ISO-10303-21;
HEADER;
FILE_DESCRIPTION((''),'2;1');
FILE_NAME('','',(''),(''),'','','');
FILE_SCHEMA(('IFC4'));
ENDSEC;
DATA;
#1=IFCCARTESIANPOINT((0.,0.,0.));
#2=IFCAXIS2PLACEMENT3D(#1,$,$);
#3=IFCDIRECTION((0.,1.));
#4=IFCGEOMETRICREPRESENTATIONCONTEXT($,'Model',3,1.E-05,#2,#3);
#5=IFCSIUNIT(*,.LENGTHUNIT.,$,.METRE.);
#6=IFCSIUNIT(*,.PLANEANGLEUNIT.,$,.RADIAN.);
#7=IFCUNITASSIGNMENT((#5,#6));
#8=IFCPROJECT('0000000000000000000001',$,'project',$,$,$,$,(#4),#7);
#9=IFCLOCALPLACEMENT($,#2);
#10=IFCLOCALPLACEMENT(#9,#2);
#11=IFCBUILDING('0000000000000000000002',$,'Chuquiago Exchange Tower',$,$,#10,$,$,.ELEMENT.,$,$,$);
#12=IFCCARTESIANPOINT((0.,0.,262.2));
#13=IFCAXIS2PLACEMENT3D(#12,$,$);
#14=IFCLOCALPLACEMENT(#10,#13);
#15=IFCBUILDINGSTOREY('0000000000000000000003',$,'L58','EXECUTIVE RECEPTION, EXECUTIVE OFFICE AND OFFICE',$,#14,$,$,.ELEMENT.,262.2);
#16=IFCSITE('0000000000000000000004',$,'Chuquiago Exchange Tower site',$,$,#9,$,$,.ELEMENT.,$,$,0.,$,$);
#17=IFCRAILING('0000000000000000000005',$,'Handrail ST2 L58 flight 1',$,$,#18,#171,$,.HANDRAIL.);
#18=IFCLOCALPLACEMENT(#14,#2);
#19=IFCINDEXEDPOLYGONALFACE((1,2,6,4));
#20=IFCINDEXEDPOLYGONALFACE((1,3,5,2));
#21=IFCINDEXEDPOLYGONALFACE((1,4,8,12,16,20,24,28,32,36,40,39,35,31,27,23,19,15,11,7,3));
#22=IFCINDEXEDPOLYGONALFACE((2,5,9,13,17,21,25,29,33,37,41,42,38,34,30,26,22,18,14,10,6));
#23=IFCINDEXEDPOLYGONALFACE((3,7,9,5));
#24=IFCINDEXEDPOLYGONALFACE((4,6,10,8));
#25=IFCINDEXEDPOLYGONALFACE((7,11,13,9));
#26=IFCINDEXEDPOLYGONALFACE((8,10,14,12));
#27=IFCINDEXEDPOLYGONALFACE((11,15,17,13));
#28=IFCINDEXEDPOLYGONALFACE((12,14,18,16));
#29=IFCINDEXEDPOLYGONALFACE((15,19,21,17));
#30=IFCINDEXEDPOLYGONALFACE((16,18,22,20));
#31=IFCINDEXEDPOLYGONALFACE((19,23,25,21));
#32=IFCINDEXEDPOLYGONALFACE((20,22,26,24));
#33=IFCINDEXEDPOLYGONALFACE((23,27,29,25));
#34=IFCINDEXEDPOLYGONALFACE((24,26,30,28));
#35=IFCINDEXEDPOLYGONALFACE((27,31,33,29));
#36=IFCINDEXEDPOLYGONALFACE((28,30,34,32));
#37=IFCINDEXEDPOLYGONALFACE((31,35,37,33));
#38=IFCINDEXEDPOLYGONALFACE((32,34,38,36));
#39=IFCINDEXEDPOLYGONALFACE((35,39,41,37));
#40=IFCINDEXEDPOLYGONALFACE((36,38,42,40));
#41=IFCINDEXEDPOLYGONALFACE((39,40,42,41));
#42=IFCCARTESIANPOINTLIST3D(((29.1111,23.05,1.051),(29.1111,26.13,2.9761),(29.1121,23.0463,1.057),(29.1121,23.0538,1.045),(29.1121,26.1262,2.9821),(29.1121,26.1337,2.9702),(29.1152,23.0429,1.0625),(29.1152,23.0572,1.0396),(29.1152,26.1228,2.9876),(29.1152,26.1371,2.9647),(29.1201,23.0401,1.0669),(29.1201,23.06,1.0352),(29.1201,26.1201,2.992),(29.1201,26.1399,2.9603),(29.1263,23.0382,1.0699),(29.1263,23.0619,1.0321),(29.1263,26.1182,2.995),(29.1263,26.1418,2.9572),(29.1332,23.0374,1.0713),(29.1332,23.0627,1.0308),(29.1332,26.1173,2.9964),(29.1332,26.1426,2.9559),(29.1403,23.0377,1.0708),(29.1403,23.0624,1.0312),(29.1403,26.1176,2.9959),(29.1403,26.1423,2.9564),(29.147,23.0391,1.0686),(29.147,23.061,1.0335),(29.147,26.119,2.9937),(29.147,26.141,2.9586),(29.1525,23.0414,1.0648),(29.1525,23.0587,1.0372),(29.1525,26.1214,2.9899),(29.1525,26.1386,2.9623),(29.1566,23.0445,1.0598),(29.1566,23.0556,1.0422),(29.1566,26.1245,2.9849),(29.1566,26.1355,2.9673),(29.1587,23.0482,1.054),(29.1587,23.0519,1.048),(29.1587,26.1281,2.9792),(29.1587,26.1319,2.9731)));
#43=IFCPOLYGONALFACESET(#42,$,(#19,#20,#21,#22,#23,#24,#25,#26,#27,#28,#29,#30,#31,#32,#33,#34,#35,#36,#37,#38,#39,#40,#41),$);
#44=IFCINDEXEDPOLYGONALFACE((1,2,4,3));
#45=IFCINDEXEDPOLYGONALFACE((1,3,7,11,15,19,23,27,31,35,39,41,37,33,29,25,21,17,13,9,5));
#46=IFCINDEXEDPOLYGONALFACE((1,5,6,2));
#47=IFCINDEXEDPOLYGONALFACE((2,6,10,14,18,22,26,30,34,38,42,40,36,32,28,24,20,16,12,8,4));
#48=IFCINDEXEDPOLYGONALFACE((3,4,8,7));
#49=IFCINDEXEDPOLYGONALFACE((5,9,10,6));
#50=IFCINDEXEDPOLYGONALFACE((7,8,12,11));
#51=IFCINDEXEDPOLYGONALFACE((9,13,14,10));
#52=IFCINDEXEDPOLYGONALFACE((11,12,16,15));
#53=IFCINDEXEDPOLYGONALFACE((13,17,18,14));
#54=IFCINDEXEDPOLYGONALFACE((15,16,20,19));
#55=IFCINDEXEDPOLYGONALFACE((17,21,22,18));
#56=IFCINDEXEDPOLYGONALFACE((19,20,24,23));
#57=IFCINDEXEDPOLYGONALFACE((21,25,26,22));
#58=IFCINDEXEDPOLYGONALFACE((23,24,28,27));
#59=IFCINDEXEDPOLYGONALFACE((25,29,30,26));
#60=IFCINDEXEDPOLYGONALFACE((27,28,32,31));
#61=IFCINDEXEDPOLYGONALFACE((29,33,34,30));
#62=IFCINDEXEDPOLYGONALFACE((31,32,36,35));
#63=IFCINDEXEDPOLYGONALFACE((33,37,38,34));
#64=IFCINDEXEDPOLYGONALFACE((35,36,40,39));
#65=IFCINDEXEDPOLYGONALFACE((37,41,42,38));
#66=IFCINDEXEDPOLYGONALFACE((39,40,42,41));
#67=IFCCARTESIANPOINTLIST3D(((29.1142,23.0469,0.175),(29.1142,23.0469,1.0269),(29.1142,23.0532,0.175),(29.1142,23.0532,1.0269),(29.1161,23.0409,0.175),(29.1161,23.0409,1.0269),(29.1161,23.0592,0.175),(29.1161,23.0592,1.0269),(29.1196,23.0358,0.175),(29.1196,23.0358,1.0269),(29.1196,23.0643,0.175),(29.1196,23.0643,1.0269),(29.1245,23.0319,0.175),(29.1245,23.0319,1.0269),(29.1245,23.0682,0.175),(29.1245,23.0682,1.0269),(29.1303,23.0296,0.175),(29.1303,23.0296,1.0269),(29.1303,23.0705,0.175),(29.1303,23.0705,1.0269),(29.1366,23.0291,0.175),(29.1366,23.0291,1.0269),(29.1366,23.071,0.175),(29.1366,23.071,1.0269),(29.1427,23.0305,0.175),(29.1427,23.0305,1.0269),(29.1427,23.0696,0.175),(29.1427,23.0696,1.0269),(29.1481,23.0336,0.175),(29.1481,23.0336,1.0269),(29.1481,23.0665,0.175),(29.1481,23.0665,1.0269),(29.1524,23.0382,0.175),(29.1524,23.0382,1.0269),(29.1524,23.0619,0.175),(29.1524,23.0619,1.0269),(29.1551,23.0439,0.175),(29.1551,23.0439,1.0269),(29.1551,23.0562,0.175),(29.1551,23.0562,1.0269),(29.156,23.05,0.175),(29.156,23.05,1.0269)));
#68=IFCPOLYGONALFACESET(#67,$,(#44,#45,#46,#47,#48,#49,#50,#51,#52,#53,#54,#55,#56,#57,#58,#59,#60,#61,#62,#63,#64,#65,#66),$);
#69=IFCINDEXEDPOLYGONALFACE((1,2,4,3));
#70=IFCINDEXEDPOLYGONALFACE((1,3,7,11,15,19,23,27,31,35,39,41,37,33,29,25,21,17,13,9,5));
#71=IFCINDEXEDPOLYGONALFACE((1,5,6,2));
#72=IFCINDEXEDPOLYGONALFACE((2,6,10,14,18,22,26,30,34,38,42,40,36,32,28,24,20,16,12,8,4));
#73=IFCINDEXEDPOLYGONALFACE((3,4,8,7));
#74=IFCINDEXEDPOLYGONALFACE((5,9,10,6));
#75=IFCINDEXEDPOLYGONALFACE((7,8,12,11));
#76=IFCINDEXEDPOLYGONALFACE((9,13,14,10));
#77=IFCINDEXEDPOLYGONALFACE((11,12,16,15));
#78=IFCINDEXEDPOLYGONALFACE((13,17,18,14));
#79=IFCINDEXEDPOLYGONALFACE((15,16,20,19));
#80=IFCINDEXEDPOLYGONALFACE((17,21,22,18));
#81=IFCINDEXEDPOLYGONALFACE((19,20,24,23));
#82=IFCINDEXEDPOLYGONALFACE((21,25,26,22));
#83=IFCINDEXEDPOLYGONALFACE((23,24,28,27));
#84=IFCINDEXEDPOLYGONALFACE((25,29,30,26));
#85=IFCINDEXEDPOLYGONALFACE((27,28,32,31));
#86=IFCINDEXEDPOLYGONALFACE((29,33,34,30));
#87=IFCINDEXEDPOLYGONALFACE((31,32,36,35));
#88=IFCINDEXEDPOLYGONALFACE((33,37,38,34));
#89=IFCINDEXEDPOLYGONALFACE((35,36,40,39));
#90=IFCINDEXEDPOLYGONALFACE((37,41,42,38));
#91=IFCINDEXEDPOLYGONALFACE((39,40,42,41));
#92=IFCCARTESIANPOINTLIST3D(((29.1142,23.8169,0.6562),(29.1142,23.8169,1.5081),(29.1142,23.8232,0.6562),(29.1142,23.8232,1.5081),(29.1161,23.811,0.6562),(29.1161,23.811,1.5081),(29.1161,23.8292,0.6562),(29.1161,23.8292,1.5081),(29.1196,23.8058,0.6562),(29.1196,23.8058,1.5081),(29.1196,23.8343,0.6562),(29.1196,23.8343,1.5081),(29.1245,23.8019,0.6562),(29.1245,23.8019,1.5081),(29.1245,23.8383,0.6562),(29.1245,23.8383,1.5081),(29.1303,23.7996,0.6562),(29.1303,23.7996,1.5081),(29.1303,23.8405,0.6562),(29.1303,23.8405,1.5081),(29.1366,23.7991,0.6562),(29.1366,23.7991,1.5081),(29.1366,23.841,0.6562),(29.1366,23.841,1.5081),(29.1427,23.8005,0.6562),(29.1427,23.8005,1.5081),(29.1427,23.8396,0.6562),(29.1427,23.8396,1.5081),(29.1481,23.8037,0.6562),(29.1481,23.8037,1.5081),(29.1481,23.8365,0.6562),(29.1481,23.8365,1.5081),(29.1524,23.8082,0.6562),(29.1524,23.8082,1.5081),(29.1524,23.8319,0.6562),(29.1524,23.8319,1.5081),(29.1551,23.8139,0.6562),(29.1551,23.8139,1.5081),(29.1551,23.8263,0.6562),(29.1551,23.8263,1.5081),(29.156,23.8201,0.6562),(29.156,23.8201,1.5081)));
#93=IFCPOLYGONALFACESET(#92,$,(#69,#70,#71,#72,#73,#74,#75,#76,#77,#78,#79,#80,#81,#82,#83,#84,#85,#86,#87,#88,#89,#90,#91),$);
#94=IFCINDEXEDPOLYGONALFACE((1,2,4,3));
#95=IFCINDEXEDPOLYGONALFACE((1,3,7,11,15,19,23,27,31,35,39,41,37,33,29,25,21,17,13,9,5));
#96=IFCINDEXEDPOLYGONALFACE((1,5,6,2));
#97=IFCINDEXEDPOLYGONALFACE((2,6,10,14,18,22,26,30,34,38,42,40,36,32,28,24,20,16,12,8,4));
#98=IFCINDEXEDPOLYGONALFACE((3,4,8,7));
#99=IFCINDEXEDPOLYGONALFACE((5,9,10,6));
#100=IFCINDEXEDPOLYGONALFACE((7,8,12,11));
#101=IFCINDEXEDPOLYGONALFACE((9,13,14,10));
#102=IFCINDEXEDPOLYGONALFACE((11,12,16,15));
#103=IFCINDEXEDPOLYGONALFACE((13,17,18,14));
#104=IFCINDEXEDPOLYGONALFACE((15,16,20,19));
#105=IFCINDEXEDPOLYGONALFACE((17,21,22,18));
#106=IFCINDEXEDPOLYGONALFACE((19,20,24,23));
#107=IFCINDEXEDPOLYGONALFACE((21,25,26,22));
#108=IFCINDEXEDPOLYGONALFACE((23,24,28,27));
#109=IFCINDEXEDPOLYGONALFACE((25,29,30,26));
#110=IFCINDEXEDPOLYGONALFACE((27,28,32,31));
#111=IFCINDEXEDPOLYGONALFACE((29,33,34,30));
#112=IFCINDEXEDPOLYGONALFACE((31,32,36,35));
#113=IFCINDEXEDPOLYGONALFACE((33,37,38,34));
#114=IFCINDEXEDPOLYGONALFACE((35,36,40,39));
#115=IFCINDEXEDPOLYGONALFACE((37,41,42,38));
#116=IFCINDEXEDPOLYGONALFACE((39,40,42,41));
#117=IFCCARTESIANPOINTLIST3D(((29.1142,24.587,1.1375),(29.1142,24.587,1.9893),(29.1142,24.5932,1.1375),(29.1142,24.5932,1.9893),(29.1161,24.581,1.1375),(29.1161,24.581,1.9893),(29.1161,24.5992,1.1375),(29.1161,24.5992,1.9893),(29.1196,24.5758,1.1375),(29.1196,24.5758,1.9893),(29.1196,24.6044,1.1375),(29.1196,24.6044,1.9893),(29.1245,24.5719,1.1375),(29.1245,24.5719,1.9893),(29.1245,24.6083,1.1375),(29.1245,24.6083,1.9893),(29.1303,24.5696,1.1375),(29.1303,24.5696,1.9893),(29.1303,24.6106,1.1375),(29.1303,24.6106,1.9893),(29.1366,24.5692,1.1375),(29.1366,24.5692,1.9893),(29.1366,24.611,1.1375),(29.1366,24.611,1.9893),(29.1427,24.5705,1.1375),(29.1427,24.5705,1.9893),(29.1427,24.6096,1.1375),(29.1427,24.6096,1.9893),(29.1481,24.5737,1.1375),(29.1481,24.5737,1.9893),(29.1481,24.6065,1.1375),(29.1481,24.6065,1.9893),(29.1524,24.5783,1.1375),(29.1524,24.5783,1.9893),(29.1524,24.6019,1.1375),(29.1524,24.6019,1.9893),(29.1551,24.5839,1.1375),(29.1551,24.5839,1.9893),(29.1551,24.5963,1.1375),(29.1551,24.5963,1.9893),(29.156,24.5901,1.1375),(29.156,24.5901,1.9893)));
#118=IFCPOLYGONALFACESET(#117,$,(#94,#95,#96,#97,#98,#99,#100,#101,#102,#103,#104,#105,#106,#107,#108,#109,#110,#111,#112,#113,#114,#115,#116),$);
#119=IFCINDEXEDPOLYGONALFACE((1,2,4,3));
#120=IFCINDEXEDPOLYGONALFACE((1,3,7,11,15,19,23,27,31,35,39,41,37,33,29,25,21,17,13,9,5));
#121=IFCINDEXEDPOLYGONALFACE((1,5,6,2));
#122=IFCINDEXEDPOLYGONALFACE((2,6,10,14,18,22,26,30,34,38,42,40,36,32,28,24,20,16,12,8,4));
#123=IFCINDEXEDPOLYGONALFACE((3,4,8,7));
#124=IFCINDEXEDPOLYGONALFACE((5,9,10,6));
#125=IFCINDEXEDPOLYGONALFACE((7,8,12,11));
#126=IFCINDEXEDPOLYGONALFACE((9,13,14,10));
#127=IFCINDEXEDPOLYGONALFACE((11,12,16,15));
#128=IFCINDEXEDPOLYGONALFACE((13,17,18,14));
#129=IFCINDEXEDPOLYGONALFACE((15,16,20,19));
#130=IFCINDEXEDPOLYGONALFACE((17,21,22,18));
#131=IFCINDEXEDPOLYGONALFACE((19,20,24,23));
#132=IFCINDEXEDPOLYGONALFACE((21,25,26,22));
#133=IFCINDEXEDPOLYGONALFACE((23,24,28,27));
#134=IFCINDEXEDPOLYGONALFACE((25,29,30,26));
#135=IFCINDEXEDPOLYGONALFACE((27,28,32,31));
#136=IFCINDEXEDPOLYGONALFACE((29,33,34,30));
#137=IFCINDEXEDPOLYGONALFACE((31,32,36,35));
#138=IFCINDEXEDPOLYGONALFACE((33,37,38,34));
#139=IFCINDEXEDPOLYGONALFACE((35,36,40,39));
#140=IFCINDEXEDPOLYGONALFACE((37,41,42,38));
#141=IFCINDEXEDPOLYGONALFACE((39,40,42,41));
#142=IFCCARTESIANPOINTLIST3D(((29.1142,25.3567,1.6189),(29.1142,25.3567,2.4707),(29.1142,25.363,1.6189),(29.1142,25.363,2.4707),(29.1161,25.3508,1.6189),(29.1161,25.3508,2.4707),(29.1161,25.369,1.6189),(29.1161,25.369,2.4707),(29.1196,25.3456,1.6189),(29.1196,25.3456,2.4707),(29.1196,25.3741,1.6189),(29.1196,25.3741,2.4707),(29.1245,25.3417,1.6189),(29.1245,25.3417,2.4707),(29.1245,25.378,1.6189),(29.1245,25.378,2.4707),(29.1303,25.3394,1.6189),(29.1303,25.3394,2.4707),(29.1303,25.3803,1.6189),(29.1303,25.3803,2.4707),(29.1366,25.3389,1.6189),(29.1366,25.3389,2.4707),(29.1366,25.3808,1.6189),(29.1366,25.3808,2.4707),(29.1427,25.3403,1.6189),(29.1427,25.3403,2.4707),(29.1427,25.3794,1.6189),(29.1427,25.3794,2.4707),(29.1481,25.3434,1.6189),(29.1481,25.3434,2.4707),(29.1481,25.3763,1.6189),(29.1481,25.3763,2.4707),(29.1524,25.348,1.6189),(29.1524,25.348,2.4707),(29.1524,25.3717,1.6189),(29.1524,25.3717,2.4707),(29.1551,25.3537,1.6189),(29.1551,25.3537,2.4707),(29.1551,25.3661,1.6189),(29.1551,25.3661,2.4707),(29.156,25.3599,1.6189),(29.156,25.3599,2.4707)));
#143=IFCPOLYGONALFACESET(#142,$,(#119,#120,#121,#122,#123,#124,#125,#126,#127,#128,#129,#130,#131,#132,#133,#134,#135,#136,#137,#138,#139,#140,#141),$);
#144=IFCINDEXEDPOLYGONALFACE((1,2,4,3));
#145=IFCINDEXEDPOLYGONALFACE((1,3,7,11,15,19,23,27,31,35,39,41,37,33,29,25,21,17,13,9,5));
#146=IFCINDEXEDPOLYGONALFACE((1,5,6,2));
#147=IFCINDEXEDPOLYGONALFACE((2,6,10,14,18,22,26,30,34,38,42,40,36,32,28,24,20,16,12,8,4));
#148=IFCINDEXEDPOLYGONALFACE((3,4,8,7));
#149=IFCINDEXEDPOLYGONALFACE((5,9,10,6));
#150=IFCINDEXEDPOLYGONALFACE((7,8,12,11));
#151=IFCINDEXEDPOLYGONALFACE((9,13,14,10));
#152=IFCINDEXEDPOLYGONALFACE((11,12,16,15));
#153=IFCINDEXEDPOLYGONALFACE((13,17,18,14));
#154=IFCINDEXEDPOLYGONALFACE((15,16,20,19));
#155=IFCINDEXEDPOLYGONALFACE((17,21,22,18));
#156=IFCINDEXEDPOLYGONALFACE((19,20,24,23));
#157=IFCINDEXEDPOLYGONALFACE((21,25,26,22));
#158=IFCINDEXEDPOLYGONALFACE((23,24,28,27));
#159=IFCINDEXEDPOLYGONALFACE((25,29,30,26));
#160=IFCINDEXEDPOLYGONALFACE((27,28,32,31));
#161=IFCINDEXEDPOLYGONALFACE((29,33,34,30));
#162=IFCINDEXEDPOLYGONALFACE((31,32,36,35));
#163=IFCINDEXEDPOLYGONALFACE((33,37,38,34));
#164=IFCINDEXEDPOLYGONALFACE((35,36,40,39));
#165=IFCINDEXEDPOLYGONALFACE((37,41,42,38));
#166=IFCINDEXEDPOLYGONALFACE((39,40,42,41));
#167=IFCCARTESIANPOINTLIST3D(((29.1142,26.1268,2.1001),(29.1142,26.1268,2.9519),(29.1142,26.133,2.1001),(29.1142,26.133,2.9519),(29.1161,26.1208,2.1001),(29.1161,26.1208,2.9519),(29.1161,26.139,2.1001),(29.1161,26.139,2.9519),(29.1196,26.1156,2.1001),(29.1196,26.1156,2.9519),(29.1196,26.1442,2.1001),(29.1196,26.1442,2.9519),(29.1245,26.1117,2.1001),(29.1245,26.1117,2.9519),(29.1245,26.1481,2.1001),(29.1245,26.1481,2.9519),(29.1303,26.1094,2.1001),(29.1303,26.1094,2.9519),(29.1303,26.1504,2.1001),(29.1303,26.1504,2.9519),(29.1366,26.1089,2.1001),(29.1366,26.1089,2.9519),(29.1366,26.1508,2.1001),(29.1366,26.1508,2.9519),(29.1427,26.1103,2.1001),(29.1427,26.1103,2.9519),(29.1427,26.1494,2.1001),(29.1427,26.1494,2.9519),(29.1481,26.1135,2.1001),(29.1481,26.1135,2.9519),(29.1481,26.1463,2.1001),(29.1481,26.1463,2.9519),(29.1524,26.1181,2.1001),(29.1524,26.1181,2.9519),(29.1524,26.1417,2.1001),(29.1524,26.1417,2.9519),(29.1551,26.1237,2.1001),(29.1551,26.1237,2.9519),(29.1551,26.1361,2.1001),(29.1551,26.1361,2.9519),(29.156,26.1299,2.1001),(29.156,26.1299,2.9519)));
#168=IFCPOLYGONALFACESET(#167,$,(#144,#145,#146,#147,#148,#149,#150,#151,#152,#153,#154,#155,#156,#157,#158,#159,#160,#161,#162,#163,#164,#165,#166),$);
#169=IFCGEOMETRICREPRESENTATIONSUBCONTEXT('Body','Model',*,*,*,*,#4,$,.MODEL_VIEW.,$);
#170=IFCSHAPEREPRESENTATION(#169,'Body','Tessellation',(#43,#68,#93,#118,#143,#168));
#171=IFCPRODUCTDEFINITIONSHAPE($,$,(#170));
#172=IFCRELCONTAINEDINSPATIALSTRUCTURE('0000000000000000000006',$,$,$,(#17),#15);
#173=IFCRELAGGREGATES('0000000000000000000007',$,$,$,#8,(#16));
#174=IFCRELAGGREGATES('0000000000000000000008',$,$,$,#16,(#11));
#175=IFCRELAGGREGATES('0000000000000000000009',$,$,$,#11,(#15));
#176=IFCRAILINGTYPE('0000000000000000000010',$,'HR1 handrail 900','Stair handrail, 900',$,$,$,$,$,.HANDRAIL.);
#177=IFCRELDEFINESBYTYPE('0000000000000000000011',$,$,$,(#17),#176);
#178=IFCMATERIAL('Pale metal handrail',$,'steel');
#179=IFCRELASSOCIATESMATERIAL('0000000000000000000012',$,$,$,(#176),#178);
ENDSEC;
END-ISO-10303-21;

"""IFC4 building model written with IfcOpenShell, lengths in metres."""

from ifc_helpers import new_model, si_unit, direction, frame, origin, origin_2d, place, context, subcontext, project, spatial, circle, extrude, material, type_object, element, save


model = new_model("IFC4")

# Units and contexts
model_context = context("Model", 3, precision=1e-05, world=origin(), true_north=direction((0.0, 1.0)))
body_context = subcontext(model_context, "Body", "Model", "MODEL_VIEW")
ifc_project = project(units=[si_unit("LENGTHUNIT", "METRE"), si_unit("PLANEANGLEUNIT", "RADIAN")], contexts=[model_context])

# Site, building, storey
site_placement = place(None, origin())
site = spatial("IfcSite", under=ifc_project, at=site_placement, Name="Chuquiago Exchange Tower site", CompositionType="ELEMENT", RefElevation=0.0)
building_placement = place(site_placement, origin())
building = spatial("IfcBuilding", under=site, at=building_placement, Name="Chuquiago Exchange Tower", CompositionType="ELEMENT")
storey_placement = place(building_placement, frame((0.0, 0.0, 262.2)))
storey = spatial("IfcBuildingStorey", under=building, at=storey_placement, Name="L58", Description="EXECUTIVE RECEPTION, EXECUTIVE OFFICE AND OFFICE", CompositionType="ELEMENT", Elevation=262.2)

# Railing
ifc_material_1 = material(Name="Pale metal handrail", Category="steel")
railing_type = type_object("IfcRailingType", Name="HR1 handrail 900", Description="Stair handrail, 900", PredefinedType="HANDRAIL", material=ifc_material_1)
railing_placement = place(storey_placement, frame((29.135, 23.05, 0.175)))
element("IfcRailing", 1, at=railing_placement, inside=storey, type_object=railing_type, Name="Handrail ST2 L58 flight 1", PredefinedType="HANDRAIL", context=body_context, shape_type="SweptSolid", body=[
    extrude(circle(Radius=0.0239, at=origin_2d()), frame((0.0, 0.0, 0.876), z_axis=(0.0, 0.847979, 0.530029), x_axis=(-1.0, 0.0, 0.0)), (0.0, 0.0, 1.0), 3.6321),
    extrude(circle(Radius=0.021, at=origin_2d()), origin(), (0.0, 0.0, 1.0), 0.8518),
    extrude(circle(Radius=0.021, at=origin_2d()), frame((0.0, 0.77, 0.4812)), (0.0, 0.0, 1.0), 0.8518),
    extrude(circle(Radius=0.021, at=origin_2d()), frame((0.0, 1.54, 0.9624)), (0.0, 0.0, 1.0), 0.8518),
    extrude(circle(Radius=0.021, at=origin_2d()), frame((0.0, 2.3098, 1.4438)), (0.0, 0.0, 1.0), 0.8518),
    extrude(circle(Radius=0.021, at=origin_2d()), frame((0.0, 3.0798, 1.925)), (0.0, 0.0, 1.0), 0.8518),
])

save(model, "model.ifc")
